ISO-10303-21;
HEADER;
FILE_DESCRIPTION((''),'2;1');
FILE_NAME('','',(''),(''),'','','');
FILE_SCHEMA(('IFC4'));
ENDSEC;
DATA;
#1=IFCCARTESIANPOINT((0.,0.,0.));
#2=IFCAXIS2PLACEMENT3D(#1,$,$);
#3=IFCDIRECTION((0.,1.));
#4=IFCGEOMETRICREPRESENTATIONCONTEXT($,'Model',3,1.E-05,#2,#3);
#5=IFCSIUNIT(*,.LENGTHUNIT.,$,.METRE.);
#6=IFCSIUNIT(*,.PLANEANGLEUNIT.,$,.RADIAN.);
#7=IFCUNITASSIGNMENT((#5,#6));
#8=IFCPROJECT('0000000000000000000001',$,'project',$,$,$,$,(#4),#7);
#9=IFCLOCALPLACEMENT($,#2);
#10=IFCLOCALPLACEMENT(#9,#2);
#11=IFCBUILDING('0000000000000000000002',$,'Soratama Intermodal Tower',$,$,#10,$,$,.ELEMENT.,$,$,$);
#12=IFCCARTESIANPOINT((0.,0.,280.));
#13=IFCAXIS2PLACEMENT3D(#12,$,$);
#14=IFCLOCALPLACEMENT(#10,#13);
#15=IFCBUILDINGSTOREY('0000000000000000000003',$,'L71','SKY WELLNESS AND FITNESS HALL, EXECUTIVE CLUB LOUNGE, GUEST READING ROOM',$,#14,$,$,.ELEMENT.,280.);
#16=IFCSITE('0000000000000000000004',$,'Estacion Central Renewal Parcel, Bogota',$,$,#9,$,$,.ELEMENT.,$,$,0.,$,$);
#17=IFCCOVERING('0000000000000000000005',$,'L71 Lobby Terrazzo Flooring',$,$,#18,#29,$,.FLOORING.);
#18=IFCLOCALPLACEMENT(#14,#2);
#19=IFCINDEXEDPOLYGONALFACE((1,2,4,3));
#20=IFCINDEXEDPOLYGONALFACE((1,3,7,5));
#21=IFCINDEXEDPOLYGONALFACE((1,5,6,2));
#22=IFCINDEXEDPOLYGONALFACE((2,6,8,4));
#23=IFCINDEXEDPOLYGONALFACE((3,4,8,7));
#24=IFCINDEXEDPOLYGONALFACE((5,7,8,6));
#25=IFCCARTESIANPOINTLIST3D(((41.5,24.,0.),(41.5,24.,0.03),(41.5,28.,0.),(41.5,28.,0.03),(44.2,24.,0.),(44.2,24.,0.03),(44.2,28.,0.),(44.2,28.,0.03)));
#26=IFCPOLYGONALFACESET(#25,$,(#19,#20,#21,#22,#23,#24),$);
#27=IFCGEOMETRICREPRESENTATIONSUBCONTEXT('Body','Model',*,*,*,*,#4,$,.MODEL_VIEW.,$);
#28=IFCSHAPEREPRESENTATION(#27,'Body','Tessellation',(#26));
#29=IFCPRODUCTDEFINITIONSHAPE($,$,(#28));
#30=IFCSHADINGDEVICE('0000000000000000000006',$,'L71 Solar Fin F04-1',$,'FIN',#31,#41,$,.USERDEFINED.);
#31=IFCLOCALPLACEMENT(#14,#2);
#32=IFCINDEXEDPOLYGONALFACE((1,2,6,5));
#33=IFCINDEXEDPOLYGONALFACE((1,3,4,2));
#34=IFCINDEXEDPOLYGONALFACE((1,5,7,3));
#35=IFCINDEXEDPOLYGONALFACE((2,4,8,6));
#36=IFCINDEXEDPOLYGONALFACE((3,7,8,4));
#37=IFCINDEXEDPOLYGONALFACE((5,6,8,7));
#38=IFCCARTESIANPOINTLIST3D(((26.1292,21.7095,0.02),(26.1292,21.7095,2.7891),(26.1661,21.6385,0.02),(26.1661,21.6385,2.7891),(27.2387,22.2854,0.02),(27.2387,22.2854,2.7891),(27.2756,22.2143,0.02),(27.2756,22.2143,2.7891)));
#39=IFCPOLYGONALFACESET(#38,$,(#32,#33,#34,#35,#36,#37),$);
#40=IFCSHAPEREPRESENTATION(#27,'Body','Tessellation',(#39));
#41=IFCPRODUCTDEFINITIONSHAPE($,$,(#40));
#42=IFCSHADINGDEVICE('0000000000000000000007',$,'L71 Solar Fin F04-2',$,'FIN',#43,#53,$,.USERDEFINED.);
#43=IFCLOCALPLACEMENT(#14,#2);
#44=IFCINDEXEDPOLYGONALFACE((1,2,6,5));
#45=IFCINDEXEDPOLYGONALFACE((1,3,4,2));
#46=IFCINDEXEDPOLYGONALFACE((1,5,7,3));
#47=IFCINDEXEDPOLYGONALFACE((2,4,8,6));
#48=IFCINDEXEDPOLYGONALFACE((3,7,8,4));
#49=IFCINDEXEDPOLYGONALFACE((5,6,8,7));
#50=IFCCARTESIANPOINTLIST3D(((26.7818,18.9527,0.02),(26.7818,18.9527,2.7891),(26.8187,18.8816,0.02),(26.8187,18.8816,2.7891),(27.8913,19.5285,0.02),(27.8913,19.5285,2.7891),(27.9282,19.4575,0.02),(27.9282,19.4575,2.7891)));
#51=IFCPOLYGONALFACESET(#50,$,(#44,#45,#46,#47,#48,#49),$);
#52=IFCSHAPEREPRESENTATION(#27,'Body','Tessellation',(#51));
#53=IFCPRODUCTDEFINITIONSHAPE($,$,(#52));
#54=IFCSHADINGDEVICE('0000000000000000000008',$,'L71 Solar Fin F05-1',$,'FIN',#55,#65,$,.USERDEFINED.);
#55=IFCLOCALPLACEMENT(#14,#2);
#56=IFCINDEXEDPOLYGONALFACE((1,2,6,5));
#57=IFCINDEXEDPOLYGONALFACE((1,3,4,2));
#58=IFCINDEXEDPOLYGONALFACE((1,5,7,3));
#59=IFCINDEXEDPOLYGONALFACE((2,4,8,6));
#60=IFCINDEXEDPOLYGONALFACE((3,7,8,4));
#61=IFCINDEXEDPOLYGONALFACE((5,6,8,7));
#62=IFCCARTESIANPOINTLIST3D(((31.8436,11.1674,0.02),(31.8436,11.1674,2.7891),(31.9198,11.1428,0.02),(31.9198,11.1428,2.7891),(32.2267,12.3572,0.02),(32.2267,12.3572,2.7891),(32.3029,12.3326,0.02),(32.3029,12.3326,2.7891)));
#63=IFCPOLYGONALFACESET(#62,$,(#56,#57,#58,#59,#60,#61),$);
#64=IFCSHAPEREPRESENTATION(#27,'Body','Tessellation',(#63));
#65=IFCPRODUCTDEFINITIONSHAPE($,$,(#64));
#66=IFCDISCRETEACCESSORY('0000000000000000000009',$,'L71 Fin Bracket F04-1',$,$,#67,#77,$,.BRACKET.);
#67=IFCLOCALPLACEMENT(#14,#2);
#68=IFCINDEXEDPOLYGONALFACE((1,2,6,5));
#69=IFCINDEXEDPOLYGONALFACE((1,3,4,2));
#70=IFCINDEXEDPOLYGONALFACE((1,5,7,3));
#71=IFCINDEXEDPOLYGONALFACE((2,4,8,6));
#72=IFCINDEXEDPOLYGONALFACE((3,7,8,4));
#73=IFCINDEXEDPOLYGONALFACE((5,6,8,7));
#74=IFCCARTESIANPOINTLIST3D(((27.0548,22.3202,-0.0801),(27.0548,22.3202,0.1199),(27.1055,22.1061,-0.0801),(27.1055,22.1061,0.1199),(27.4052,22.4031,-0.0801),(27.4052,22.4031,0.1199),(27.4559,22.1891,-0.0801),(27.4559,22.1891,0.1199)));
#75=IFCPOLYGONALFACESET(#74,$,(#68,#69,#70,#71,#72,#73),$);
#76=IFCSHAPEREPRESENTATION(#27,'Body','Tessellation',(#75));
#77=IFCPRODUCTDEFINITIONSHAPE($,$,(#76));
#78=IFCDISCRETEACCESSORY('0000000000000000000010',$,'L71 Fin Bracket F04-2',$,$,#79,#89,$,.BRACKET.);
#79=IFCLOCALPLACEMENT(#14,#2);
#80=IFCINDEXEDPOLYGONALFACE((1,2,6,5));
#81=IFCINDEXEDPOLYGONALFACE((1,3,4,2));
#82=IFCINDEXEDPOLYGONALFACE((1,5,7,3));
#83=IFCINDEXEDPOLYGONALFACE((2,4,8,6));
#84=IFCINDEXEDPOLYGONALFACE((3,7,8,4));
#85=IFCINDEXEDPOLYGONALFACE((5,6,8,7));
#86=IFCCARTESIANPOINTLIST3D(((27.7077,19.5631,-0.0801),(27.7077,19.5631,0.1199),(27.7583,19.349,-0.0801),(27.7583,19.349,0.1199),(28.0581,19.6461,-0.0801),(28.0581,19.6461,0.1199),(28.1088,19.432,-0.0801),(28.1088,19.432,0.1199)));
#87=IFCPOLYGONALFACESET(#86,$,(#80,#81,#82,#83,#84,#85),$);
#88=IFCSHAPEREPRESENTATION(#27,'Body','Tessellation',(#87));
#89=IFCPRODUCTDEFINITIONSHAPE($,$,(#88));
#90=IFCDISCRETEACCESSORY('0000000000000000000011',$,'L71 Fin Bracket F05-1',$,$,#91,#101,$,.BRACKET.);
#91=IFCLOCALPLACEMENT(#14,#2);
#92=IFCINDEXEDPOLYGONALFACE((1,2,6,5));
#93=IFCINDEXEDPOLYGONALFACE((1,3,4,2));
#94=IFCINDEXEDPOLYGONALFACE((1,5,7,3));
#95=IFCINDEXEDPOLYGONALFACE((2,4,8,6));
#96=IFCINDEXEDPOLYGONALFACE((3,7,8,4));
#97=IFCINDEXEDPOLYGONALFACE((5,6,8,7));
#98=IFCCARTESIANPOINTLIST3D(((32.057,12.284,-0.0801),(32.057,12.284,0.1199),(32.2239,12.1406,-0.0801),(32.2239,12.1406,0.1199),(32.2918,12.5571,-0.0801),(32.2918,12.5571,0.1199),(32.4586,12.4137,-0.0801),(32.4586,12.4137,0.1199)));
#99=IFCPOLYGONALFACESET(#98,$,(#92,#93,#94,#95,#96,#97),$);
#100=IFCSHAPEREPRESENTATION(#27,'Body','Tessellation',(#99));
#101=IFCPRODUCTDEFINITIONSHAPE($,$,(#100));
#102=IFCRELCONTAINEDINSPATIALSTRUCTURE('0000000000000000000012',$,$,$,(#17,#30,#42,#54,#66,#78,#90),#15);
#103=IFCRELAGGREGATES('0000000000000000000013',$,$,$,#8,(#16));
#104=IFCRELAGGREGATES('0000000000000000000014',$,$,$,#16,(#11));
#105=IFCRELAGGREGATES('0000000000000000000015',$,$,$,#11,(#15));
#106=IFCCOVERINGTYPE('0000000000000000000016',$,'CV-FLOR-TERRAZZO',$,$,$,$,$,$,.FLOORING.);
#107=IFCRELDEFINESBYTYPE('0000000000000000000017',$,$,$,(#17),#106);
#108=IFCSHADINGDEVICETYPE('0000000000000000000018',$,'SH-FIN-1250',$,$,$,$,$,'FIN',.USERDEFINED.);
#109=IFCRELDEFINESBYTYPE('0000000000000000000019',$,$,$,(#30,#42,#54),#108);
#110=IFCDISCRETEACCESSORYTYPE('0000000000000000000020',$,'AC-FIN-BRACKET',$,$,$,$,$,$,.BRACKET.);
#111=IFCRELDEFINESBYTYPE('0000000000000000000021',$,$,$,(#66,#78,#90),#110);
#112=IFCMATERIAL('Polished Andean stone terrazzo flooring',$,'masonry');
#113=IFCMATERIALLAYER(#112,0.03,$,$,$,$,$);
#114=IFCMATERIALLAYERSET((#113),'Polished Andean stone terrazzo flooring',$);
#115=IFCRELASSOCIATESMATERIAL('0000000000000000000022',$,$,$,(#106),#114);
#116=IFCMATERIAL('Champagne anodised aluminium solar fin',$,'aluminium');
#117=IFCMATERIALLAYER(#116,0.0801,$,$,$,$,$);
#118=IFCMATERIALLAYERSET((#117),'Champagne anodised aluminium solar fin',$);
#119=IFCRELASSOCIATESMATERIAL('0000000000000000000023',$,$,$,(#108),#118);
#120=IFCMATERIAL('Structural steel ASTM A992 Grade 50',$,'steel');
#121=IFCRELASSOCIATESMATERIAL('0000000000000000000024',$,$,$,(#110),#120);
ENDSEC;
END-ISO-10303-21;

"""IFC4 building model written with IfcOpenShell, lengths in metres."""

from ifc_helpers import new_model, si_unit, direction, frame, origin, origin_2d, place, context, subcontext, project, spatial, polyline, rectangle, outline, extrude, material, layer, layer_set, type_object, element, save


model = new_model("IFC4")

# Units and contexts
model_context = context("Model", 3, precision=1e-05, world=origin(), true_north=direction((0.0, 1.0)))
body_context = subcontext(model_context, "Body", "Model", "MODEL_VIEW")
ifc_project = project(units=[si_unit("LENGTHUNIT", "METRE"), si_unit("PLANEANGLEUNIT", "RADIAN")], contexts=[model_context])

# Site, building, storey
site_placement = place(None, origin())
site = spatial("IfcSite", under=ifc_project, at=site_placement, Name="Estacion Central Renewal Parcel, Bogota", CompositionType="ELEMENT", RefElevation=0.0)
building_placement = place(site_placement, origin())
building = spatial("IfcBuilding", under=site, at=building_placement, Name="Soratama Intermodal Tower", CompositionType="ELEMENT")
storey_placement = place(building_placement, frame((0.0, 0.0, 280.0)))
storey = spatial("IfcBuildingStorey", under=building, at=storey_placement, Name="L71", Description="SKY WELLNESS AND FITNESS HALL, EXECUTIVE CLUB LOUNGE, GUEST READING ROOM", CompositionType="ELEMENT", Elevation=280.0)

# Covering
ifc_material_1 = material(Name="Polished Andean stone terrazzo flooring", Category="masonry")
ifc_layer_1 = layer(ifc_material_1, 0.03)
ifc_layer_set_1 = layer_set([ifc_layer_1], Name="Polished Andean stone terrazzo flooring")
covering_type_1 = type_object("IfcCoveringType", Name="CV-FLOR-TERRAZZO", PredefinedType="FLOORING", material=ifc_layer_set_1)
covering_1_placement = place(storey_placement, origin())
element("IfcCovering", 1, at=covering_1_placement, inside=storey, type_object=covering_type_1, Name="L71 Lobby Terrazzo Flooring", PredefinedType="FLOORING", context=body_context, shape_type="SweptSolid", body=[
    extrude(outline(polyline([(41.5, 24.0), (44.2, 24.0), (44.2, 28.0), (41.5, 28.0), (41.5, 24.0)])), origin(), (0.0, 0.0, 1.0), 0.03),
])

# Shading devices
ifc_material_2 = material(Name="Champagne anodised aluminium solar fin", Category="aluminium")
ifc_layer_2 = layer(ifc_material_2, 0.0801)
ifc_layer_set_2 = layer_set([ifc_layer_2], Name="Champagne anodised aluminium solar fin")
shading_device_type = type_object("IfcShadingDeviceType", Name="SH-FIN-1250", ElementType="FIN", PredefinedType="USERDEFINED", material=ifc_layer_set_2)
for number, where, z_axis, x_axis, name in (
    (2, (26.7024, 21.9619, 0.02), (0.0, 0.0, 1.0), (-0.887574, -0.460665, 0.0), "L71 Solar Fin F04-1"),
    (3, (27.355, 19.2051, 0.02), (0.0, 0.0, 1.0), (-0.887574, -0.460665, 0.0), "L71 Solar Fin F04-2"),
    (4, (32.0732, 11.75, 0.02), (0.0, 0.0, 1.0), (-0.306526, -0.951862, 0.0), "L71 Solar Fin F05-1"),
):
    element("IfcShadingDevice", number, at=place(storey_placement, frame(where, z_axis=z_axis, x_axis=x_axis)), inside=storey, type_object=shading_device_type, Name=name, ObjectType="FIN", PredefinedType="USERDEFINED", context=body_context, shape_type="SweptSolid", body=[
        extrude(rectangle(XDim=1.25, YDim=0.0801, at=origin_2d()), origin(), (0.0, 0.0, 1.0), 2.769),
    ])

# Discrete accessories
ifc_material_3 = material(Name="Structural steel ASTM A992 Grade 50", Category="steel")
discrete_accessory_type = type_object("IfcDiscreteAccessoryType", Name="AC-FIN-BRACKET", PredefinedType="BRACKET", material=ifc_material_3)
for number, where, z_axis, x_axis, name in (
    (5, (27.2554, 22.2546, -0.0801), (0.0, 0.0, 1.0), (-0.973099, -0.230389, 0.0), "L71 Fin Bracket F04-1"),
    (6, (27.9082, 19.4976, -0.0801), (0.0, 0.0, 1.0), (-0.973099, -0.230389, 0.0), "L71 Fin Bracket F04-2"),
    (7, (32.2578, 12.3489, -0.0801), (0.0, 0.0, 1.0), (-0.651834, -0.758362, 0.0), "L71 Fin Bracket F05-1"),
):
    element("IfcDiscreteAccessory", number, at=place(storey_placement, frame(where, z_axis=z_axis, x_axis=x_axis)), inside=storey, type_object=discrete_accessory_type, Name=name, PredefinedType="BRACKET", context=body_context, shape_type="SweptSolid", body=[
        extrude(rectangle(XDim=0.3601, YDim=0.22, at=origin_2d()), origin(), (0.0, 0.0, 1.0), 0.2),
    ])

save(model, "model.ifc")
